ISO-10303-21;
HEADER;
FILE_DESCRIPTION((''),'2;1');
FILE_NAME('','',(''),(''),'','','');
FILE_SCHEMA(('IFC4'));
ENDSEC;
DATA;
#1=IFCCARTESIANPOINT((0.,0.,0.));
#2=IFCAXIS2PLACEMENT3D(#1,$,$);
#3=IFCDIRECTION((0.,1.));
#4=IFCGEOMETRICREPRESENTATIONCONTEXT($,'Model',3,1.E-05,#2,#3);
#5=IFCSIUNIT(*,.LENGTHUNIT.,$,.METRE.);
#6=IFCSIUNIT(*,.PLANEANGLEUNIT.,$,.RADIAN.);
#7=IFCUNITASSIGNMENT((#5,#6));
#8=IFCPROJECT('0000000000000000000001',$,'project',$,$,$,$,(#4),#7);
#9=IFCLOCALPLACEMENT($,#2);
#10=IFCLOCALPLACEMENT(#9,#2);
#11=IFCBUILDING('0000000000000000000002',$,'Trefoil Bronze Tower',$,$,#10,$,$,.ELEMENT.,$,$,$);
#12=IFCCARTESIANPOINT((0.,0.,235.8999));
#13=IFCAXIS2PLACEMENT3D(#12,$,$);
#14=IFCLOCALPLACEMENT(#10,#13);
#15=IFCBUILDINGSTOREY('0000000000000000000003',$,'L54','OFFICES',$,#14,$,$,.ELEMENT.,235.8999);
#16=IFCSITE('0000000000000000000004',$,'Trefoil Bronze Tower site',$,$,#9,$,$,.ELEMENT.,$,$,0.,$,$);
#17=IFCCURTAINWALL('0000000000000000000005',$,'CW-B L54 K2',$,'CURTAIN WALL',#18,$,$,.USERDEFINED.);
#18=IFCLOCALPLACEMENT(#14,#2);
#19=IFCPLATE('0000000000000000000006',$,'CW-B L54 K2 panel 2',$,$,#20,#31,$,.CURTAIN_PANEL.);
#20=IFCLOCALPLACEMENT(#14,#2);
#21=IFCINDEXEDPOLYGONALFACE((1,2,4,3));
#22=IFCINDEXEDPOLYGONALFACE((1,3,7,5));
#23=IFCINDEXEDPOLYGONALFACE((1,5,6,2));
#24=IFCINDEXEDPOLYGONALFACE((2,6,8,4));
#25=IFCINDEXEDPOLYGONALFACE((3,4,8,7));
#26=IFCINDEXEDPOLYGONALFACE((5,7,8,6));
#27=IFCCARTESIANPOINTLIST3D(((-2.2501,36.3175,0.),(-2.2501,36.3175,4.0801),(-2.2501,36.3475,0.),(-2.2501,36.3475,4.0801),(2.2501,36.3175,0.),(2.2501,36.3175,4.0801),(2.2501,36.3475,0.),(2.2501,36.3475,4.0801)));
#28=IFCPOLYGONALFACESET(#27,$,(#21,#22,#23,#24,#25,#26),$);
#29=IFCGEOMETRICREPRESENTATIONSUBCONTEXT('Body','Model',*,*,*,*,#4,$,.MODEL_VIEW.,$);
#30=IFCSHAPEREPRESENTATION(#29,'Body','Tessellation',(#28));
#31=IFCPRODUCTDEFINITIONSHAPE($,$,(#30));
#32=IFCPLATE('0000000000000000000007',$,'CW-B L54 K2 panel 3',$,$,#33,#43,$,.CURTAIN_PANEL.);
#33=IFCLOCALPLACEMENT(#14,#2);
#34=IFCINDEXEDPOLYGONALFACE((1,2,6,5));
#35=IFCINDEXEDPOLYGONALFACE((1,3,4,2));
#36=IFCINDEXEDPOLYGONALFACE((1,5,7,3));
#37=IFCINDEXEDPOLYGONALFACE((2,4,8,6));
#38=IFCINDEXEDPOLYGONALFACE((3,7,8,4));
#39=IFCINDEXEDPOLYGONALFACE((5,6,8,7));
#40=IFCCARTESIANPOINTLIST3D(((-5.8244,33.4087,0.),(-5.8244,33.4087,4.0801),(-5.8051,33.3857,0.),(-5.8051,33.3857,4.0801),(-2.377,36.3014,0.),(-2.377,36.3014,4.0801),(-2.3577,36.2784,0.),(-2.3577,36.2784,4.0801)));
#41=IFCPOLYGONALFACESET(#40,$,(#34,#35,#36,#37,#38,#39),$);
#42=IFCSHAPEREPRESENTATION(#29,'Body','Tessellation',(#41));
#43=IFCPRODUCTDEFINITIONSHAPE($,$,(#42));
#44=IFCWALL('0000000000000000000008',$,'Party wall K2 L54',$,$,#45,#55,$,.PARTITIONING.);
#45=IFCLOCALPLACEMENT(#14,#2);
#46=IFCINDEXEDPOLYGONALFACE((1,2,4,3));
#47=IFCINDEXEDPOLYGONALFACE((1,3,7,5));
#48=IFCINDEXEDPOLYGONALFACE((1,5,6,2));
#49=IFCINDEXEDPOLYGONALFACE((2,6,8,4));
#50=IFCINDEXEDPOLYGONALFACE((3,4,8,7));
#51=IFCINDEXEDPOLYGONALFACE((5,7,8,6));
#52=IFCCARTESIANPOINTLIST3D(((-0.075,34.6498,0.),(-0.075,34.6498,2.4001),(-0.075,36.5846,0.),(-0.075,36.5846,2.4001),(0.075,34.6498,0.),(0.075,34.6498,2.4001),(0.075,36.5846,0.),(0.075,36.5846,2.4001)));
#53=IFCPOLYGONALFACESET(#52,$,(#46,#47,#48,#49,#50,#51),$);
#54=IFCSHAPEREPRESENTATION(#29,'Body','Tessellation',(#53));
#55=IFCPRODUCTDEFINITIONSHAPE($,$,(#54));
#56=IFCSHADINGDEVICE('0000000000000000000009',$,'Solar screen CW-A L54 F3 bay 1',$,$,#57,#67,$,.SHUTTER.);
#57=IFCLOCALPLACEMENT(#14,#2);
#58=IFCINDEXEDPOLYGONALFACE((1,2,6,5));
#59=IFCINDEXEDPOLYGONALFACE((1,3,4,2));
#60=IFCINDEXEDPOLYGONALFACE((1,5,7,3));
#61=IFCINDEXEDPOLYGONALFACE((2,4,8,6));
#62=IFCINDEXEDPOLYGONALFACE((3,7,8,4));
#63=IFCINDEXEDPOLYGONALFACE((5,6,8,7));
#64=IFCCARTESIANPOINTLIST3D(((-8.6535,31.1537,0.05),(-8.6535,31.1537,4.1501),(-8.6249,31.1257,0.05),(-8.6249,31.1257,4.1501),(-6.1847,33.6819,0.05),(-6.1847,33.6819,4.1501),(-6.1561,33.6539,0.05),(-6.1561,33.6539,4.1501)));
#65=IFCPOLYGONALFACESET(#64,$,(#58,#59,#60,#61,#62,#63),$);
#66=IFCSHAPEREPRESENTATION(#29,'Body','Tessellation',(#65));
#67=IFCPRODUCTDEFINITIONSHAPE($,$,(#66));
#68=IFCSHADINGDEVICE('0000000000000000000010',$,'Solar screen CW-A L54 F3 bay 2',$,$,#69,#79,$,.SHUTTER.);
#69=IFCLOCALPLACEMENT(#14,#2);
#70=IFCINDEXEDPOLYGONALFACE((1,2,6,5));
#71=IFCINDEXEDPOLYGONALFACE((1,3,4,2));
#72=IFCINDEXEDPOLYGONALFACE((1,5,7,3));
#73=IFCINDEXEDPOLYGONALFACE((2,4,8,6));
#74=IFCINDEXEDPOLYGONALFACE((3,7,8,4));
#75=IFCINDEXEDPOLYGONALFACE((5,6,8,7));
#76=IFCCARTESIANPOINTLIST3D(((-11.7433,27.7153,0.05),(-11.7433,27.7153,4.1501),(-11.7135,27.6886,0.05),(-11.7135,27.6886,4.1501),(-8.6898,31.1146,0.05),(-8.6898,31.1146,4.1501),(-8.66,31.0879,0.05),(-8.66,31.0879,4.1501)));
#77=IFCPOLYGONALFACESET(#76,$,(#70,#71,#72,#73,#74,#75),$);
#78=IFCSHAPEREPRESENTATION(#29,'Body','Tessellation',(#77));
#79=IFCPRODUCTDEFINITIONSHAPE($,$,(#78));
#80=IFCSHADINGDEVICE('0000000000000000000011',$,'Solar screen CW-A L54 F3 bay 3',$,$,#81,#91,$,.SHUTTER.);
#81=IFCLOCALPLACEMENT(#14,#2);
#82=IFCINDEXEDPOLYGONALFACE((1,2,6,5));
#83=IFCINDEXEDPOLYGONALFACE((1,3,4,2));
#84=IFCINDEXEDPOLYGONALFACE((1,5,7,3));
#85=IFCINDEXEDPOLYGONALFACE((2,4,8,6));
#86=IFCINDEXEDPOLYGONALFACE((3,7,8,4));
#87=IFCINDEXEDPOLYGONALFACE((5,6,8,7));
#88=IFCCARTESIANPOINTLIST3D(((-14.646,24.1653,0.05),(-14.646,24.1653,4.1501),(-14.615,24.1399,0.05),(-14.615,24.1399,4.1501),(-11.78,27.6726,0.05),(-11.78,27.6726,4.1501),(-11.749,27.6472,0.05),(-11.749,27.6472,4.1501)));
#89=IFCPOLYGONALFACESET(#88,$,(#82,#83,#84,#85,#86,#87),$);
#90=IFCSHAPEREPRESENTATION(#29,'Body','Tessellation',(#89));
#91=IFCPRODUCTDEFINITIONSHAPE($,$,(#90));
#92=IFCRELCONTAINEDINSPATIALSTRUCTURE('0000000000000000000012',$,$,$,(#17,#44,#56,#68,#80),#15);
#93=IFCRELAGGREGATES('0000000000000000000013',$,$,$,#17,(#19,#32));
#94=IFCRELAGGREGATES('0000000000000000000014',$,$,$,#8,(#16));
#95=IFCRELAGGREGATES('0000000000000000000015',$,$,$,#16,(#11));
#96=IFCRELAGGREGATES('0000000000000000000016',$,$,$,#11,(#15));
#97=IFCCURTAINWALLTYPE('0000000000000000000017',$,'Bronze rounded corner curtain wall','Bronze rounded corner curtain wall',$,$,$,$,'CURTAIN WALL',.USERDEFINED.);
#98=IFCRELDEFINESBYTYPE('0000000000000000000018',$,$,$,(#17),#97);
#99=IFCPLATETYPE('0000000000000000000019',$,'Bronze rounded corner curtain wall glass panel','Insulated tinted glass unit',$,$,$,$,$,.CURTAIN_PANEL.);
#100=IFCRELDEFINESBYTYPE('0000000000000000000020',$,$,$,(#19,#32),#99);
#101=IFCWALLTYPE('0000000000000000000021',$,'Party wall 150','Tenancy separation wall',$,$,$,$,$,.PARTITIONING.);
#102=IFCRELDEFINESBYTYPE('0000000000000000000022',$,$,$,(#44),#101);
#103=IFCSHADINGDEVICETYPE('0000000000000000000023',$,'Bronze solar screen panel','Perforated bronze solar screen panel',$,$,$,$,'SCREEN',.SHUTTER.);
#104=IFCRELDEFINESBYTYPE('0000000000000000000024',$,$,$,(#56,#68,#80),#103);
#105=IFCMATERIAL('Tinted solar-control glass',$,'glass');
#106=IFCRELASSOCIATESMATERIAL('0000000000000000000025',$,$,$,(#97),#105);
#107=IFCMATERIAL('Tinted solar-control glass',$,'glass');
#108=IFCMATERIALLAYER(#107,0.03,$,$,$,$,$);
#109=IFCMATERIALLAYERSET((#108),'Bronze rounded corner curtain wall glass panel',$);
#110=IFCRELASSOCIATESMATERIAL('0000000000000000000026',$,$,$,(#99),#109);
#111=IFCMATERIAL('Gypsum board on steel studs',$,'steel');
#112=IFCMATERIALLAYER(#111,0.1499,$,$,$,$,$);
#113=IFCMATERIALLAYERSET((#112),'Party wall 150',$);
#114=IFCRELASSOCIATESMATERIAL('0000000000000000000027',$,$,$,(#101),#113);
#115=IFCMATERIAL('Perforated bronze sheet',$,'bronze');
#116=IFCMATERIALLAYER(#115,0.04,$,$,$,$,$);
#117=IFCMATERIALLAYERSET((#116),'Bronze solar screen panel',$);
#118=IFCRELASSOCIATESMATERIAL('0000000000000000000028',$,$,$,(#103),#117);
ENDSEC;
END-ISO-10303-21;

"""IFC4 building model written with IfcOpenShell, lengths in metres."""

from ifc_helpers import new_model, si_unit, direction, frame, frame_2d, origin, origin_2d, place, context, subcontext, project, spatial, rectangle, extrude, material, layer, layer_set, type_object, element, aggregate, save


model = new_model("IFC4")

# Units and contexts
model_context = context("Model", 3, precision=1e-05, world=origin(), true_north=direction((0.0, 1.0)))
body_context = subcontext(model_context, "Body", "Model", "MODEL_VIEW")
ifc_project = project(units=[si_unit("LENGTHUNIT", "METRE"), si_unit("PLANEANGLEUNIT", "RADIAN")], contexts=[model_context])

# Site, building, storey
site_placement = place(None, origin())
site = spatial("IfcSite", under=ifc_project, at=site_placement, Name="Trefoil Bronze Tower site", CompositionType="ELEMENT", RefElevation=0.0)
building_placement = place(site_placement, origin())
building = spatial("IfcBuilding", under=site, at=building_placement, Name="Trefoil Bronze Tower", CompositionType="ELEMENT")
storey_placement = place(building_placement, frame((0.0, 0.0, 235.8999)))
storey = spatial("IfcBuildingStorey", under=building, at=storey_placement, Name="L54", Description="OFFICES", CompositionType="ELEMENT", Elevation=235.8999)

# Curtain wall
ifc_material_1 = material(Name="Tinted solar-control glass", Category="glass")
curtain_wall_type_1 = type_object("IfcCurtainWallType", Name="Bronze rounded corner curtain wall", Description="Bronze rounded corner curtain wall", ElementType="CURTAIN WALL", PredefinedType="USERDEFINED", material=ifc_material_1)
curtain_wall_1_placement = place(storey_placement, origin())
curtain_wall_1 = element("IfcCurtainWall", 1, at=curtain_wall_1_placement, inside=storey, type_object=curtain_wall_type_1, Name="CW-B L54 K2", ObjectType="CURTAIN WALL", PredefinedType="USERDEFINED")

# Plates
ifc_material_2 = material(Name="Tinted solar-control glass", Category="glass")
ifc_layer_1 = layer(ifc_material_2, 0.03)
ifc_layer_set_1 = layer_set([ifc_layer_1], Name="Bronze rounded corner curtain wall glass panel")
plate_type_1 = type_object("IfcPlateType", Name="Bronze rounded corner curtain wall glass panel", Description="Insulated tinted glass unit", PredefinedType="CURTAIN_PANEL", material=ifc_layer_set_1)
plate_1_placement = place(storey_placement, frame((0.0, 36.3325, 0.0), z_axis=(0.0, 0.0, 1.0), x_axis=(-1.0, 0.0, 0.0)))
plate_1 = element("IfcPlate", 2, at=plate_1_placement, type_object=plate_type_1, Name="CW-B L54 K2 panel 2", PredefinedType="CURTAIN_PANEL", context=body_context, shape_type="SweptSolid", body=[
    extrude(rectangle(XDim=4.5002, YDim=0.03, at=origin_2d()), origin(), (0.0, 0.0, 1.0), 4.0801),
])
plate_2_placement = place(storey_placement, frame((-4.0911, 34.8435, 0.0), z_axis=(0.0, 0.0, 1.0), x_axis=(-0.766044, -0.642788, 0.0)))
plate_2 = element("IfcPlate", 3, at=plate_2_placement, type_object=plate_type_1, Name="CW-B L54 K2 panel 3", PredefinedType="CURTAIN_PANEL", context=body_context, shape_type="SweptSolid", body=[
    extrude(rectangle(XDim=4.5002, YDim=0.03, at=origin_2d()), origin(), (0.0, 0.0, 1.0), 4.0801),
])
aggregate(curtain_wall_1, [plate_1, plate_2])

# Wall
ifc_material_3 = material(Name="Gypsum board on steel studs", Category="steel")
ifc_layer_2 = layer(ifc_material_3, 0.1499)
ifc_layer_set_2 = layer_set([ifc_layer_2], Name="Party wall 150")
wall_type = type_object("IfcWallType", Name="Party wall 150", Description="Tenancy separation wall", PredefinedType="PARTITIONING", material=ifc_layer_set_2)
wall_placement = place(storey_placement, frame((0.0, 34.6499, 0.0), z_axis=(0.0, 0.0, 1.0), x_axis=(0.0, 1.0, 0.0)))
element("IfcWall", 4, at=wall_placement, inside=storey, type_object=wall_type, Name="Party wall K2 L54", PredefinedType="PARTITIONING", context=body_context, shape_type="SweptSolid", body=[
    extrude(rectangle(XDim=1.9348, YDim=0.1499, at=frame_2d((0.9673, 0.0))), origin(), (0.0, 0.0, 1.0), 2.4001),
])

# Shading devices
ifc_material_4 = material(Name="Perforated bronze sheet", Category="bronze")
ifc_layer_3 = layer(ifc_material_4, 0.04)
ifc_layer_set_3 = layer_set([ifc_layer_3], Name="Bronze solar screen panel")
shading_device_type = type_object("IfcShadingDeviceType", Name="Bronze solar screen panel", Description="Perforated bronze solar screen panel", ElementType="SCREEN", PredefinedType="SHUTTER", material=ifc_layer_set_3)
shading_device_1_placement = place(storey_placement, frame((-7.4048, 32.4038, 0.05), z_axis=(0.0, 0.0, 1.0), x_axis=(-0.698652, -0.715462, 0.0)))
element("IfcShadingDevice", 5, at=shading_device_1_placement, inside=storey, type_object=shading_device_type, Name="Solar screen CW-A L54 F3 bay 1", PredefinedType="SHUTTER", context=body_context, shape_type="SweptSolid", body=[
    extrude(rectangle(XDim=3.5337, YDim=0.04, at=origin_2d()), origin(), (0.0, 0.0, 1.0), 4.1001),
])
shading_device_2_placement = place(storey_placement, frame((-10.2017, 29.4016, 0.05), z_axis=(0.0, 0.0, 1.0), x_axis=(-0.668246, -0.743941, 0.0)))
element("IfcShadingDevice", 6, at=shading_device_2_placement, inside=storey, type_object=shading_device_type, Name="Solar screen CW-A L54 F3 bay 2", PredefinedType="SHUTTER", context=body_context, shape_type="SweptSolid", body=[
    extrude(rectangle(XDim=4.5693, YDim=0.04, at=origin_2d()), origin(), (0.0, 0.0, 1.0), 4.1001),
])
shading_device_3_placement = place(storey_placement, frame((-13.1975, 25.9062, 0.05), z_axis=(0.0, 0.0, 1.0), x_axis=(-0.632753, -0.774354, 0.0)))
element("IfcShadingDevice", 7, at=shading_device_3_placement, inside=storey, type_object=shading_device_type, Name="Solar screen CW-A L54 F3 bay 3", PredefinedType="SHUTTER", context=body_context, shape_type="SweptSolid", body=[
    extrude(rectangle(XDim=4.5293, YDim=0.04, at=origin_2d()), origin(), (0.0, 0.0, 1.0), 4.1001),
])

save(model, "model.ifc")
